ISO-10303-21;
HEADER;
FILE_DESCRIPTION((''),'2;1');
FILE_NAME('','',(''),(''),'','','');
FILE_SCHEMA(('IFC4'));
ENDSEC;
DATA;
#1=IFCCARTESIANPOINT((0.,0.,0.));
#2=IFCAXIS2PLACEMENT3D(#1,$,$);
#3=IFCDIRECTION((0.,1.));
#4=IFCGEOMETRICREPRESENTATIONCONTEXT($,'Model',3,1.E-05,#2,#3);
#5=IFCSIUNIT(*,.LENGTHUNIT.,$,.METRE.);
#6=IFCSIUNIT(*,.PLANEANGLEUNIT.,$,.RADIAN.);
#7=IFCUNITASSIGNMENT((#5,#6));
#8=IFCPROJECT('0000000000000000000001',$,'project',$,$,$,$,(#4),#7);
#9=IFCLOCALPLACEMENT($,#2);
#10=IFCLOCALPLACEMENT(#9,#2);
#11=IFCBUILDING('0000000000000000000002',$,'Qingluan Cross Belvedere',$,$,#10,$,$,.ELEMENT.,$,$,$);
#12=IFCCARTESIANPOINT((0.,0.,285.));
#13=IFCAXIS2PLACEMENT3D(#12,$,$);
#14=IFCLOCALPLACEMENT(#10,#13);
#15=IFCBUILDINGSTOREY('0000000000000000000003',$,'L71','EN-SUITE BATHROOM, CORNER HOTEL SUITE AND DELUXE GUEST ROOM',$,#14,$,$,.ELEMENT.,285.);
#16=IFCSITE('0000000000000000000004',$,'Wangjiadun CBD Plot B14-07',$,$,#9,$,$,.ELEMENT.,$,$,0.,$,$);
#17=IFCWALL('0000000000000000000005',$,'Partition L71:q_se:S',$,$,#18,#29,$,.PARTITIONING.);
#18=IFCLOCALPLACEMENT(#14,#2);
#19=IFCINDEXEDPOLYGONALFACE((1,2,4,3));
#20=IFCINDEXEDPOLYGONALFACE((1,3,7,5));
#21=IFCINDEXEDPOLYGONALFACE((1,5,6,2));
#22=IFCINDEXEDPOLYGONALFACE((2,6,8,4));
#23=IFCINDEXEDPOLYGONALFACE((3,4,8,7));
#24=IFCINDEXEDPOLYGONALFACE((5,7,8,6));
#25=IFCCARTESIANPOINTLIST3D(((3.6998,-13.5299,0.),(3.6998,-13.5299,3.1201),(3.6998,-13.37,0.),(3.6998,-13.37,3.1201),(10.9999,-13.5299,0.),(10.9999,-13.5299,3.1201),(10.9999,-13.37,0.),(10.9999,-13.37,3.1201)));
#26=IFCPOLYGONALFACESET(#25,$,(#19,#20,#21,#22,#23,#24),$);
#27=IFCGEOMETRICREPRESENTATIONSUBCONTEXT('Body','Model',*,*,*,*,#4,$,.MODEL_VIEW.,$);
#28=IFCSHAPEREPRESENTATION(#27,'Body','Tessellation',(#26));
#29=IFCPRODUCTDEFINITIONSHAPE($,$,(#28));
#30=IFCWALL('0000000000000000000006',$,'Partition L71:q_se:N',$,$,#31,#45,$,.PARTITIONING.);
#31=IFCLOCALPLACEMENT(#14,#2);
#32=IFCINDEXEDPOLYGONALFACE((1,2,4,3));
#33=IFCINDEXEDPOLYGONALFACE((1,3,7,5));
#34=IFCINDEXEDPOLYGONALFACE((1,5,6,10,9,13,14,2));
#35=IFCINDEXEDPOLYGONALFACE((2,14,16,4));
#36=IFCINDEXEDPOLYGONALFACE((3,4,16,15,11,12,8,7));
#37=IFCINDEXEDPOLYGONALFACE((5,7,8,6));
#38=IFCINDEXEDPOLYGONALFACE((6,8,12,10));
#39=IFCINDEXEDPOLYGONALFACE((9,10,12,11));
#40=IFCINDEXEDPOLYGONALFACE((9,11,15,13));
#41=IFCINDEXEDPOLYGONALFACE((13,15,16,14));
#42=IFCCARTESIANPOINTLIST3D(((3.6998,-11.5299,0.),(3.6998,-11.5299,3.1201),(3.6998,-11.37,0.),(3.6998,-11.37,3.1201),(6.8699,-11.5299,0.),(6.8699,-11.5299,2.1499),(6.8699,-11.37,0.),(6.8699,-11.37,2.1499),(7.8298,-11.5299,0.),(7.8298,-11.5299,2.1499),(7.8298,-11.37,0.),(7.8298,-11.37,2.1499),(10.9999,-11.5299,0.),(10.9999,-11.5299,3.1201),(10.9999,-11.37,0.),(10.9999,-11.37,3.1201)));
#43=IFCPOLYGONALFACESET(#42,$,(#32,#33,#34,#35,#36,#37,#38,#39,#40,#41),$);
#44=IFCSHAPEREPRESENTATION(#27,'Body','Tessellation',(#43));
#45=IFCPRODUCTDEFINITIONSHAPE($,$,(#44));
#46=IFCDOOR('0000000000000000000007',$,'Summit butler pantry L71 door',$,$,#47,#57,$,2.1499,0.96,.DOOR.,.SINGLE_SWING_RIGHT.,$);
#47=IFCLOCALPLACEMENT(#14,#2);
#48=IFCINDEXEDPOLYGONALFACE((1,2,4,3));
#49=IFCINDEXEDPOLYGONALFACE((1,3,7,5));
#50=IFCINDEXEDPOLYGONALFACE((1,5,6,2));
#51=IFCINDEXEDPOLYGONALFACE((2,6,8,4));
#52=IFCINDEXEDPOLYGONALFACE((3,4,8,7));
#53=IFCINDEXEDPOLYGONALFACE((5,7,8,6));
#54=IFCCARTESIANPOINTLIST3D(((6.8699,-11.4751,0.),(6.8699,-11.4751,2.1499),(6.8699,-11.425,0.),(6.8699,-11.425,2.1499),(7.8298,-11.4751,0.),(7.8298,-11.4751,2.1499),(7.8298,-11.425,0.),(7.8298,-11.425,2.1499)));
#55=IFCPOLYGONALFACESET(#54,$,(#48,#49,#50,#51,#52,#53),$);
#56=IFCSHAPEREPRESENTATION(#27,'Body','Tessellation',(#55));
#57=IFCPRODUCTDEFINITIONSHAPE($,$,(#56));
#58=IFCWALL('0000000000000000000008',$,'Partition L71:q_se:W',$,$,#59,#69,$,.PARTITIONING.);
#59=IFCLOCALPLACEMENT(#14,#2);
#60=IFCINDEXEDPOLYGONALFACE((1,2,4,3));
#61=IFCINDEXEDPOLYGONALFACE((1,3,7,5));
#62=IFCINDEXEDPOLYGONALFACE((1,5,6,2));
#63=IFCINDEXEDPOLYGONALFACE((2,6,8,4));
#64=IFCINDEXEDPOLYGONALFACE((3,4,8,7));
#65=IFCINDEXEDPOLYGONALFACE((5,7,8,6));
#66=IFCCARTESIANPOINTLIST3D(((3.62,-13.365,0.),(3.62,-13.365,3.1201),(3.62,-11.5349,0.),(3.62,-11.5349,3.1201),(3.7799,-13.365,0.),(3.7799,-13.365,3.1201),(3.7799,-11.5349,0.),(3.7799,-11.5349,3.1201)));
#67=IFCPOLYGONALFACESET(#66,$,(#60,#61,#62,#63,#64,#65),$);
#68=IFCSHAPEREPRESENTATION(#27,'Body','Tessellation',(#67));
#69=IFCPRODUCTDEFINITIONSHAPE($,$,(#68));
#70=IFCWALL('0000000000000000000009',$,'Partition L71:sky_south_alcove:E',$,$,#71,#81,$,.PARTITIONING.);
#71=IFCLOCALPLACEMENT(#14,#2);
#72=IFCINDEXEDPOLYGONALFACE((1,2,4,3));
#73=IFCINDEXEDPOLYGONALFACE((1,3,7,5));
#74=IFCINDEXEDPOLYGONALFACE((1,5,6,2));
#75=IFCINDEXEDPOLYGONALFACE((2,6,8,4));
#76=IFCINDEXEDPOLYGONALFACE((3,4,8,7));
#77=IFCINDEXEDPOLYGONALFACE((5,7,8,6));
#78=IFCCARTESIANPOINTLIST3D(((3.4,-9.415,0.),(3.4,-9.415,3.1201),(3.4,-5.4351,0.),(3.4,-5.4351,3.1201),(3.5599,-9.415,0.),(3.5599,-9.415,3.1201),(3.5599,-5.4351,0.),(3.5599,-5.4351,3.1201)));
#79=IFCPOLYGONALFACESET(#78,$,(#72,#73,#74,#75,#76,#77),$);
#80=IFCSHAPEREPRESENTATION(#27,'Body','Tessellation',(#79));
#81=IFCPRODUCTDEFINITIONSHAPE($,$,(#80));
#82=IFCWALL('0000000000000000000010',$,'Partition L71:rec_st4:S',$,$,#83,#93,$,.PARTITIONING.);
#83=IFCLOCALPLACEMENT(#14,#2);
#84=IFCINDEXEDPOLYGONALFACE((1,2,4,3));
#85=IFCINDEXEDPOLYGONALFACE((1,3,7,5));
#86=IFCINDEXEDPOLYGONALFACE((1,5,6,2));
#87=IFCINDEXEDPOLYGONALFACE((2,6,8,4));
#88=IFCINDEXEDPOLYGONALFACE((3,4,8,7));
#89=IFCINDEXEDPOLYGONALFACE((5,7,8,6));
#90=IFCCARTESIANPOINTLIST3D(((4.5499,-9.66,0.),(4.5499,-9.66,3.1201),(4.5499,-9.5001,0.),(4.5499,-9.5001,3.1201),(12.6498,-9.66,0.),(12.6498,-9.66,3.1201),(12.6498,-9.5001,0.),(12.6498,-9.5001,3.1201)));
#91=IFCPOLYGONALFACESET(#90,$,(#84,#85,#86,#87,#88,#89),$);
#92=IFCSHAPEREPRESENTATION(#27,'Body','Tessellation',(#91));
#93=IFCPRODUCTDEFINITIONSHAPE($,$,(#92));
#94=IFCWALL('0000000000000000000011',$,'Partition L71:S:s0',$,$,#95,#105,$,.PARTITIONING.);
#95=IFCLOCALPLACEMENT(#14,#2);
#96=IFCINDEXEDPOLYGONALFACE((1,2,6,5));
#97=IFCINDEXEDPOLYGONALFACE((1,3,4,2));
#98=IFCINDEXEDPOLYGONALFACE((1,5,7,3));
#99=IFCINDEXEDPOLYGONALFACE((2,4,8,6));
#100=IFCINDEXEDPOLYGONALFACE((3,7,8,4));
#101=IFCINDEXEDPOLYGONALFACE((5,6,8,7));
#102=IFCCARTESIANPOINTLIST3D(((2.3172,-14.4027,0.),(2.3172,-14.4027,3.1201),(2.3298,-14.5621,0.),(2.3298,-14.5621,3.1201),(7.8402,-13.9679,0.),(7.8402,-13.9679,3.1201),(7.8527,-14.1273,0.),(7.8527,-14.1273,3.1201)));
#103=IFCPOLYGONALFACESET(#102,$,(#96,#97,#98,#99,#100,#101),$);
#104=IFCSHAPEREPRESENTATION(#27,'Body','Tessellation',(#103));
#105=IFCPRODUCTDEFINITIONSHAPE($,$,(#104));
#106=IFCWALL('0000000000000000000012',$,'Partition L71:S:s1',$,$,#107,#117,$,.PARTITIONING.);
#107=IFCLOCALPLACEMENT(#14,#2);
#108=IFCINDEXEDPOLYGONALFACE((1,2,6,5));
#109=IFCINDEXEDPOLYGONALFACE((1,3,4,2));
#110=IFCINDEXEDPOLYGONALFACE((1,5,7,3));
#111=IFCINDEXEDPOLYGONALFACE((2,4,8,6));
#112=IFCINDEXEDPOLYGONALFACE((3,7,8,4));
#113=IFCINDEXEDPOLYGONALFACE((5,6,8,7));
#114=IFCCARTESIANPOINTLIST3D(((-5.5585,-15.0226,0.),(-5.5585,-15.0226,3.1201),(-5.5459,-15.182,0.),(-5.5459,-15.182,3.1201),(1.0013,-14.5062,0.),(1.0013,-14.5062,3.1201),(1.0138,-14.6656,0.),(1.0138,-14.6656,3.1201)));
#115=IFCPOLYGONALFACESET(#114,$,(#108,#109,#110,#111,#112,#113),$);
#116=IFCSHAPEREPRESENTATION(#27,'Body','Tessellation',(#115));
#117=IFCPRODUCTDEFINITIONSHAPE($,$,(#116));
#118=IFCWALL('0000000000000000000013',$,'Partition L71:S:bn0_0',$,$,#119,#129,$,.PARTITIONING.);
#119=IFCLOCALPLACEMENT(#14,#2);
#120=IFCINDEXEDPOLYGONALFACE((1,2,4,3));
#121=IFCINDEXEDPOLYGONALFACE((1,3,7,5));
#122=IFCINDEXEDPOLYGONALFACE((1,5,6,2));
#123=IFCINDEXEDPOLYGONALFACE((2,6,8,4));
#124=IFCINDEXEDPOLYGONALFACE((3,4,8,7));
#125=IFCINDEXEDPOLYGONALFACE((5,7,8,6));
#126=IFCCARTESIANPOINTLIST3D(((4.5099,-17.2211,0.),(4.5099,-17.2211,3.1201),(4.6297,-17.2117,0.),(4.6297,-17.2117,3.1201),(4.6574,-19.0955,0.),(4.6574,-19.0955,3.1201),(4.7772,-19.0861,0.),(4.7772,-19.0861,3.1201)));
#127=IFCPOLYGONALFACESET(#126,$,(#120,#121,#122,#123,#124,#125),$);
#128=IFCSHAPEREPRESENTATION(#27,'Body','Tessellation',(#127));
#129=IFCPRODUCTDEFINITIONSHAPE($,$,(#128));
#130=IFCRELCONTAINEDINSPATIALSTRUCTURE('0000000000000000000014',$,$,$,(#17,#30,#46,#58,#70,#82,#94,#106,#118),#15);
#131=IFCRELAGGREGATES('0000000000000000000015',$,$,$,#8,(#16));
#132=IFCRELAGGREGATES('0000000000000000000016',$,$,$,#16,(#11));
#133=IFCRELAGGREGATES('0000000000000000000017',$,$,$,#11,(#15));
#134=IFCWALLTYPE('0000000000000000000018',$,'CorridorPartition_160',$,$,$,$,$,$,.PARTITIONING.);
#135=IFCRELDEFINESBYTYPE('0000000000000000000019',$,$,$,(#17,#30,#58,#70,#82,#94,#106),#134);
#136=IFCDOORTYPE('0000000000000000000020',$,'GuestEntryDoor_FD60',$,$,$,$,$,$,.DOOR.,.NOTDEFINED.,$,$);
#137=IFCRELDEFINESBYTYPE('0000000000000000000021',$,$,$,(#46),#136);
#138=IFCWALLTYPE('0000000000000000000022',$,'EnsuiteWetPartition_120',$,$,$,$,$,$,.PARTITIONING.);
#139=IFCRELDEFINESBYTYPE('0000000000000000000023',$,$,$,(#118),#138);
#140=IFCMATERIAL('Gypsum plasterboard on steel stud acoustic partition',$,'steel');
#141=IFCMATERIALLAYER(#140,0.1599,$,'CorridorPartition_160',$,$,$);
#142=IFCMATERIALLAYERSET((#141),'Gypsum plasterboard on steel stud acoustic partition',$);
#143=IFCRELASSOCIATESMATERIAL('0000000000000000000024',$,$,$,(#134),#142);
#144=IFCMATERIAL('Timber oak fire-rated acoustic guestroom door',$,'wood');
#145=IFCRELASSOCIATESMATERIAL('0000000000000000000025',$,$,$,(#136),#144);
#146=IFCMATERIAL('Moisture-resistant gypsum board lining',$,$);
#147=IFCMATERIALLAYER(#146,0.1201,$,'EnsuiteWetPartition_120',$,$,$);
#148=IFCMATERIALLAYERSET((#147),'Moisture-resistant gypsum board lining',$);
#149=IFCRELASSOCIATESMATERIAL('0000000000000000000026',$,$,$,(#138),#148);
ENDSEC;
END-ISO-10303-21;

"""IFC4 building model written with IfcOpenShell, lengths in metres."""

from ifc_helpers import new_model, si_unit, direction, frame, frame_2d, origin, place, context, subcontext, project, spatial, rectangle, extrude, material, layer, layer_set, type_object, element, fill, save


model = new_model("IFC4")

# Units and contexts
model_context = context("Model", 3, precision=1e-05, world=origin(), true_north=direction((0.0, 1.0)))
body_context = subcontext(model_context, "Body", "Model", "MODEL_VIEW")
ifc_project = project(units=[si_unit("LENGTHUNIT", "METRE"), si_unit("PLANEANGLEUNIT", "RADIAN")], contexts=[model_context])

# Site, building, storey
site_placement = place(None, origin())
site = spatial("IfcSite", under=ifc_project, at=site_placement, Name="Wangjiadun CBD Plot B14-07", CompositionType="ELEMENT", RefElevation=0.0)
building_placement = place(site_placement, origin())
building = spatial("IfcBuilding", under=site, at=building_placement, Name="Qingluan Cross Belvedere", CompositionType="ELEMENT")
storey_placement = place(building_placement, frame((0.0, 0.0, 285.0)))
storey = spatial("IfcBuildingStorey", under=building, at=storey_placement, Name="L71", Description="EN-SUITE BATHROOM, CORNER HOTEL SUITE AND DELUXE GUEST ROOM", CompositionType="ELEMENT", Elevation=285.0)

# Wall
ifc_material_1 = material(Name="Gypsum plasterboard on steel stud acoustic partition", Category="steel")
ifc_layer_1 = layer(ifc_material_1, 0.1599, Name="CorridorPartition_160")
ifc_layer_set_1 = layer_set([ifc_layer_1], Name="Gypsum plasterboard on steel stud acoustic partition")
wall_type_1 = type_object("IfcWallType", Name="CorridorPartition_160", PredefinedType="PARTITIONING", material=ifc_layer_set_1)
wall_1_placement = place(storey_placement, frame((3.7, -13.45, 0.0), z_axis=(0.0, 0.0, 1.0), x_axis=(1.0, 0.0, 0.0)))
element("IfcWall", 1, at=wall_1_placement, inside=storey, type_object=wall_type_1, Name="Partition L71:q_se:S", PredefinedType="PARTITIONING", context=body_context, shape_type="SweptSolid", body=[
    extrude(rectangle(XDim=7.3, YDim=0.1599, at=frame_2d((3.6499, 0.0))), origin(), (0.0, 0.0, 1.0), 3.1201),
])

# Wall, opening, door
wall_2_placement = place(storey_placement, frame((3.7, -11.45, 0.0), z_axis=(0.0, 0.0, 1.0), x_axis=(1.0, 0.0, 0.0)))
wall_2 = element("IfcWall", 2, at=wall_2_placement, inside=storey, type_object=wall_type_1, Name="Partition L71:q_se:N", PredefinedType="PARTITIONING", context=body_context, shape_type="SweptSolid", body=[
    extrude(rectangle(XDim=7.3, YDim=0.1599, at=frame_2d((3.6499, 0.0))), origin(), (0.0, 0.0, 1.0), 3.1201),
])
opening_1_placement = place(wall_2_placement, frame((3.1699, 0.0, 0.0)))
opening_1 = element("IfcOpeningElement", 3, at=opening_1_placement, cuts=wall_2, PredefinedType="OPENING", context=body_context, shape_type="SweptSolid", body=[
    extrude(rectangle(XDim=0.96, YDim=2.1499, at=frame_2d((0.48, 1.075))), frame((0.0, 0.0898, 0.0), z_axis=(0.0, -1.0, 0.0), x_axis=(1.0, 0.0, 0.0)), (0.0, 0.0, 1.0), 0.1799),
])
ifc_material_2 = material(Name="Timber oak fire-rated acoustic guestroom door", Category="wood")
door_type_1 = type_object("IfcDoorType", Name="GuestEntryDoor_FD60", OperationType="NOTDEFINED", PredefinedType="DOOR", material=ifc_material_2)
door_1_placement = place(opening_1_placement, origin())
door_1 = element("IfcDoor", 4, at=door_1_placement, inside=storey, type_object=door_type_1, Name="Summit butler pantry L71 door", OperationType="SINGLE_SWING_RIGHT", OverallHeight=2.1499, OverallWidth=0.96, PredefinedType="DOOR", context=body_context, shape_type="SweptSolid", body=[
    extrude(rectangle(XDim=0.96, YDim=2.1499, at=frame_2d((0.48, 1.075))), frame((0.0, 0.0249, 0.0), z_axis=(0.0, -1.0, 0.0), x_axis=(1.0, 0.0, 0.0)), (0.0, 0.0, 1.0), 0.05),
])
fill(opening_1, door_1)

# Walls
wall_3_placement = place(storey_placement, frame((3.7, -13.365, 0.0), z_axis=(0.0, 0.0, 1.0), x_axis=(0.0, 1.0, 0.0)))
element("IfcWall", 5, at=wall_3_placement, inside=storey, type_object=wall_type_1, Name="Partition L71:q_se:W", PredefinedType="PARTITIONING", context=body_context, shape_type="SweptSolid", body=[
    extrude(rectangle(XDim=1.8301, YDim=0.1599, at=frame_2d((0.915, 0.0))), origin(), (0.0, 0.0, 1.0), 3.1201),
])
wall_4_placement = place(storey_placement, frame((3.48, -9.415, 0.0), z_axis=(0.0, 0.0, 1.0), x_axis=(0.0, 1.0, 0.0)))
element("IfcWall", 6, at=wall_4_placement, inside=storey, type_object=wall_type_1, Name="Partition L71:sky_south_alcove:E", PredefinedType="PARTITIONING", context=body_context, shape_type="SweptSolid", body=[
    extrude(rectangle(XDim=3.98, YDim=0.1599, at=frame_2d((1.99, 0.0))), origin(), (0.0, 0.0, 1.0), 3.1201),
])
wall_5_placement = place(storey_placement, frame((4.55, -9.5801, 0.0), z_axis=(0.0, 0.0, 1.0), x_axis=(1.0, 0.0, 0.0)))
element("IfcWall", 7, at=wall_5_placement, inside=storey, type_object=wall_type_1, Name="Partition L71:rec_st4:S", PredefinedType="PARTITIONING", context=body_context, shape_type="SweptSolid", body=[
    extrude(rectangle(XDim=8.0999, YDim=0.1599, at=frame_2d((4.0498, 0.0))), origin(), (0.0, 0.0, 1.0), 3.1201),
])

# Wall
wall_6_placement = place(storey_placement, frame((2.3235, -14.4824, 0.0), z_axis=(0.0, 0.0, 1.0), x_axis=(0.996915, 0.078486, 0.0)))
element("IfcWall", 8, at=wall_6_placement, inside=storey, type_object=wall_type_1, Name="Partition L71:S:s0", PredefinedType="PARTITIONING", context=body_context, shape_type="SweptSolid", body=[
    extrude(rectangle(XDim=5.54, YDim=0.1599, at=frame_2d((2.77, 0.0))), origin(), (0.0, 0.0, 1.0), 3.1201),
])

# Walls
wall_7_placement = place(storey_placement, frame((1.0076, -14.5859, 0.0), z_axis=(0.0, 0.0, 1.0), x_axis=(-0.996916, -0.078473, 0.0)))
element("IfcWall", 9, at=wall_7_placement, inside=storey, type_object=wall_type_1, Name="Partition L71:S:s1", PredefinedType="PARTITIONING", context=body_context, shape_type="SweptSolid", body=[
    extrude(rectangle(XDim=6.5801, YDim=0.1599, at=frame_2d((3.29, 0.0))), origin(), (0.0, 0.0, 1.0), 3.1201),
])
ifc_material_3 = material(Name="Moisture-resistant gypsum board lining")
ifc_layer_2 = layer(ifc_material_3, 0.1201, Name="EnsuiteWetPartition_120")
ifc_layer_set_2 = layer_set([ifc_layer_2], Name="Moisture-resistant gypsum board lining")
wall_type_2 = type_object("IfcWallType", Name="EnsuiteWetPartition_120", PredefinedType="PARTITIONING", material=ifc_layer_set_2)
wall_8_placement = place(storey_placement, frame((4.5698, -17.2166, 0.0), z_axis=(0.0, 0.0, 1.0), x_axis=(0.078434, -0.996919, 0.0)))
element("IfcWall", 10, at=wall_8_placement, inside=storey, type_object=wall_type_2, Name="Partition L71:S:bn0_0", PredefinedType="PARTITIONING", context=body_context, shape_type="SweptSolid", body=[
    extrude(rectangle(XDim=1.8801, YDim=0.1201, at=frame_2d((0.9399, 0.0))), origin(), (0.0, 0.0, 1.0), 3.1201),
])

save(model, "model.ifc")
